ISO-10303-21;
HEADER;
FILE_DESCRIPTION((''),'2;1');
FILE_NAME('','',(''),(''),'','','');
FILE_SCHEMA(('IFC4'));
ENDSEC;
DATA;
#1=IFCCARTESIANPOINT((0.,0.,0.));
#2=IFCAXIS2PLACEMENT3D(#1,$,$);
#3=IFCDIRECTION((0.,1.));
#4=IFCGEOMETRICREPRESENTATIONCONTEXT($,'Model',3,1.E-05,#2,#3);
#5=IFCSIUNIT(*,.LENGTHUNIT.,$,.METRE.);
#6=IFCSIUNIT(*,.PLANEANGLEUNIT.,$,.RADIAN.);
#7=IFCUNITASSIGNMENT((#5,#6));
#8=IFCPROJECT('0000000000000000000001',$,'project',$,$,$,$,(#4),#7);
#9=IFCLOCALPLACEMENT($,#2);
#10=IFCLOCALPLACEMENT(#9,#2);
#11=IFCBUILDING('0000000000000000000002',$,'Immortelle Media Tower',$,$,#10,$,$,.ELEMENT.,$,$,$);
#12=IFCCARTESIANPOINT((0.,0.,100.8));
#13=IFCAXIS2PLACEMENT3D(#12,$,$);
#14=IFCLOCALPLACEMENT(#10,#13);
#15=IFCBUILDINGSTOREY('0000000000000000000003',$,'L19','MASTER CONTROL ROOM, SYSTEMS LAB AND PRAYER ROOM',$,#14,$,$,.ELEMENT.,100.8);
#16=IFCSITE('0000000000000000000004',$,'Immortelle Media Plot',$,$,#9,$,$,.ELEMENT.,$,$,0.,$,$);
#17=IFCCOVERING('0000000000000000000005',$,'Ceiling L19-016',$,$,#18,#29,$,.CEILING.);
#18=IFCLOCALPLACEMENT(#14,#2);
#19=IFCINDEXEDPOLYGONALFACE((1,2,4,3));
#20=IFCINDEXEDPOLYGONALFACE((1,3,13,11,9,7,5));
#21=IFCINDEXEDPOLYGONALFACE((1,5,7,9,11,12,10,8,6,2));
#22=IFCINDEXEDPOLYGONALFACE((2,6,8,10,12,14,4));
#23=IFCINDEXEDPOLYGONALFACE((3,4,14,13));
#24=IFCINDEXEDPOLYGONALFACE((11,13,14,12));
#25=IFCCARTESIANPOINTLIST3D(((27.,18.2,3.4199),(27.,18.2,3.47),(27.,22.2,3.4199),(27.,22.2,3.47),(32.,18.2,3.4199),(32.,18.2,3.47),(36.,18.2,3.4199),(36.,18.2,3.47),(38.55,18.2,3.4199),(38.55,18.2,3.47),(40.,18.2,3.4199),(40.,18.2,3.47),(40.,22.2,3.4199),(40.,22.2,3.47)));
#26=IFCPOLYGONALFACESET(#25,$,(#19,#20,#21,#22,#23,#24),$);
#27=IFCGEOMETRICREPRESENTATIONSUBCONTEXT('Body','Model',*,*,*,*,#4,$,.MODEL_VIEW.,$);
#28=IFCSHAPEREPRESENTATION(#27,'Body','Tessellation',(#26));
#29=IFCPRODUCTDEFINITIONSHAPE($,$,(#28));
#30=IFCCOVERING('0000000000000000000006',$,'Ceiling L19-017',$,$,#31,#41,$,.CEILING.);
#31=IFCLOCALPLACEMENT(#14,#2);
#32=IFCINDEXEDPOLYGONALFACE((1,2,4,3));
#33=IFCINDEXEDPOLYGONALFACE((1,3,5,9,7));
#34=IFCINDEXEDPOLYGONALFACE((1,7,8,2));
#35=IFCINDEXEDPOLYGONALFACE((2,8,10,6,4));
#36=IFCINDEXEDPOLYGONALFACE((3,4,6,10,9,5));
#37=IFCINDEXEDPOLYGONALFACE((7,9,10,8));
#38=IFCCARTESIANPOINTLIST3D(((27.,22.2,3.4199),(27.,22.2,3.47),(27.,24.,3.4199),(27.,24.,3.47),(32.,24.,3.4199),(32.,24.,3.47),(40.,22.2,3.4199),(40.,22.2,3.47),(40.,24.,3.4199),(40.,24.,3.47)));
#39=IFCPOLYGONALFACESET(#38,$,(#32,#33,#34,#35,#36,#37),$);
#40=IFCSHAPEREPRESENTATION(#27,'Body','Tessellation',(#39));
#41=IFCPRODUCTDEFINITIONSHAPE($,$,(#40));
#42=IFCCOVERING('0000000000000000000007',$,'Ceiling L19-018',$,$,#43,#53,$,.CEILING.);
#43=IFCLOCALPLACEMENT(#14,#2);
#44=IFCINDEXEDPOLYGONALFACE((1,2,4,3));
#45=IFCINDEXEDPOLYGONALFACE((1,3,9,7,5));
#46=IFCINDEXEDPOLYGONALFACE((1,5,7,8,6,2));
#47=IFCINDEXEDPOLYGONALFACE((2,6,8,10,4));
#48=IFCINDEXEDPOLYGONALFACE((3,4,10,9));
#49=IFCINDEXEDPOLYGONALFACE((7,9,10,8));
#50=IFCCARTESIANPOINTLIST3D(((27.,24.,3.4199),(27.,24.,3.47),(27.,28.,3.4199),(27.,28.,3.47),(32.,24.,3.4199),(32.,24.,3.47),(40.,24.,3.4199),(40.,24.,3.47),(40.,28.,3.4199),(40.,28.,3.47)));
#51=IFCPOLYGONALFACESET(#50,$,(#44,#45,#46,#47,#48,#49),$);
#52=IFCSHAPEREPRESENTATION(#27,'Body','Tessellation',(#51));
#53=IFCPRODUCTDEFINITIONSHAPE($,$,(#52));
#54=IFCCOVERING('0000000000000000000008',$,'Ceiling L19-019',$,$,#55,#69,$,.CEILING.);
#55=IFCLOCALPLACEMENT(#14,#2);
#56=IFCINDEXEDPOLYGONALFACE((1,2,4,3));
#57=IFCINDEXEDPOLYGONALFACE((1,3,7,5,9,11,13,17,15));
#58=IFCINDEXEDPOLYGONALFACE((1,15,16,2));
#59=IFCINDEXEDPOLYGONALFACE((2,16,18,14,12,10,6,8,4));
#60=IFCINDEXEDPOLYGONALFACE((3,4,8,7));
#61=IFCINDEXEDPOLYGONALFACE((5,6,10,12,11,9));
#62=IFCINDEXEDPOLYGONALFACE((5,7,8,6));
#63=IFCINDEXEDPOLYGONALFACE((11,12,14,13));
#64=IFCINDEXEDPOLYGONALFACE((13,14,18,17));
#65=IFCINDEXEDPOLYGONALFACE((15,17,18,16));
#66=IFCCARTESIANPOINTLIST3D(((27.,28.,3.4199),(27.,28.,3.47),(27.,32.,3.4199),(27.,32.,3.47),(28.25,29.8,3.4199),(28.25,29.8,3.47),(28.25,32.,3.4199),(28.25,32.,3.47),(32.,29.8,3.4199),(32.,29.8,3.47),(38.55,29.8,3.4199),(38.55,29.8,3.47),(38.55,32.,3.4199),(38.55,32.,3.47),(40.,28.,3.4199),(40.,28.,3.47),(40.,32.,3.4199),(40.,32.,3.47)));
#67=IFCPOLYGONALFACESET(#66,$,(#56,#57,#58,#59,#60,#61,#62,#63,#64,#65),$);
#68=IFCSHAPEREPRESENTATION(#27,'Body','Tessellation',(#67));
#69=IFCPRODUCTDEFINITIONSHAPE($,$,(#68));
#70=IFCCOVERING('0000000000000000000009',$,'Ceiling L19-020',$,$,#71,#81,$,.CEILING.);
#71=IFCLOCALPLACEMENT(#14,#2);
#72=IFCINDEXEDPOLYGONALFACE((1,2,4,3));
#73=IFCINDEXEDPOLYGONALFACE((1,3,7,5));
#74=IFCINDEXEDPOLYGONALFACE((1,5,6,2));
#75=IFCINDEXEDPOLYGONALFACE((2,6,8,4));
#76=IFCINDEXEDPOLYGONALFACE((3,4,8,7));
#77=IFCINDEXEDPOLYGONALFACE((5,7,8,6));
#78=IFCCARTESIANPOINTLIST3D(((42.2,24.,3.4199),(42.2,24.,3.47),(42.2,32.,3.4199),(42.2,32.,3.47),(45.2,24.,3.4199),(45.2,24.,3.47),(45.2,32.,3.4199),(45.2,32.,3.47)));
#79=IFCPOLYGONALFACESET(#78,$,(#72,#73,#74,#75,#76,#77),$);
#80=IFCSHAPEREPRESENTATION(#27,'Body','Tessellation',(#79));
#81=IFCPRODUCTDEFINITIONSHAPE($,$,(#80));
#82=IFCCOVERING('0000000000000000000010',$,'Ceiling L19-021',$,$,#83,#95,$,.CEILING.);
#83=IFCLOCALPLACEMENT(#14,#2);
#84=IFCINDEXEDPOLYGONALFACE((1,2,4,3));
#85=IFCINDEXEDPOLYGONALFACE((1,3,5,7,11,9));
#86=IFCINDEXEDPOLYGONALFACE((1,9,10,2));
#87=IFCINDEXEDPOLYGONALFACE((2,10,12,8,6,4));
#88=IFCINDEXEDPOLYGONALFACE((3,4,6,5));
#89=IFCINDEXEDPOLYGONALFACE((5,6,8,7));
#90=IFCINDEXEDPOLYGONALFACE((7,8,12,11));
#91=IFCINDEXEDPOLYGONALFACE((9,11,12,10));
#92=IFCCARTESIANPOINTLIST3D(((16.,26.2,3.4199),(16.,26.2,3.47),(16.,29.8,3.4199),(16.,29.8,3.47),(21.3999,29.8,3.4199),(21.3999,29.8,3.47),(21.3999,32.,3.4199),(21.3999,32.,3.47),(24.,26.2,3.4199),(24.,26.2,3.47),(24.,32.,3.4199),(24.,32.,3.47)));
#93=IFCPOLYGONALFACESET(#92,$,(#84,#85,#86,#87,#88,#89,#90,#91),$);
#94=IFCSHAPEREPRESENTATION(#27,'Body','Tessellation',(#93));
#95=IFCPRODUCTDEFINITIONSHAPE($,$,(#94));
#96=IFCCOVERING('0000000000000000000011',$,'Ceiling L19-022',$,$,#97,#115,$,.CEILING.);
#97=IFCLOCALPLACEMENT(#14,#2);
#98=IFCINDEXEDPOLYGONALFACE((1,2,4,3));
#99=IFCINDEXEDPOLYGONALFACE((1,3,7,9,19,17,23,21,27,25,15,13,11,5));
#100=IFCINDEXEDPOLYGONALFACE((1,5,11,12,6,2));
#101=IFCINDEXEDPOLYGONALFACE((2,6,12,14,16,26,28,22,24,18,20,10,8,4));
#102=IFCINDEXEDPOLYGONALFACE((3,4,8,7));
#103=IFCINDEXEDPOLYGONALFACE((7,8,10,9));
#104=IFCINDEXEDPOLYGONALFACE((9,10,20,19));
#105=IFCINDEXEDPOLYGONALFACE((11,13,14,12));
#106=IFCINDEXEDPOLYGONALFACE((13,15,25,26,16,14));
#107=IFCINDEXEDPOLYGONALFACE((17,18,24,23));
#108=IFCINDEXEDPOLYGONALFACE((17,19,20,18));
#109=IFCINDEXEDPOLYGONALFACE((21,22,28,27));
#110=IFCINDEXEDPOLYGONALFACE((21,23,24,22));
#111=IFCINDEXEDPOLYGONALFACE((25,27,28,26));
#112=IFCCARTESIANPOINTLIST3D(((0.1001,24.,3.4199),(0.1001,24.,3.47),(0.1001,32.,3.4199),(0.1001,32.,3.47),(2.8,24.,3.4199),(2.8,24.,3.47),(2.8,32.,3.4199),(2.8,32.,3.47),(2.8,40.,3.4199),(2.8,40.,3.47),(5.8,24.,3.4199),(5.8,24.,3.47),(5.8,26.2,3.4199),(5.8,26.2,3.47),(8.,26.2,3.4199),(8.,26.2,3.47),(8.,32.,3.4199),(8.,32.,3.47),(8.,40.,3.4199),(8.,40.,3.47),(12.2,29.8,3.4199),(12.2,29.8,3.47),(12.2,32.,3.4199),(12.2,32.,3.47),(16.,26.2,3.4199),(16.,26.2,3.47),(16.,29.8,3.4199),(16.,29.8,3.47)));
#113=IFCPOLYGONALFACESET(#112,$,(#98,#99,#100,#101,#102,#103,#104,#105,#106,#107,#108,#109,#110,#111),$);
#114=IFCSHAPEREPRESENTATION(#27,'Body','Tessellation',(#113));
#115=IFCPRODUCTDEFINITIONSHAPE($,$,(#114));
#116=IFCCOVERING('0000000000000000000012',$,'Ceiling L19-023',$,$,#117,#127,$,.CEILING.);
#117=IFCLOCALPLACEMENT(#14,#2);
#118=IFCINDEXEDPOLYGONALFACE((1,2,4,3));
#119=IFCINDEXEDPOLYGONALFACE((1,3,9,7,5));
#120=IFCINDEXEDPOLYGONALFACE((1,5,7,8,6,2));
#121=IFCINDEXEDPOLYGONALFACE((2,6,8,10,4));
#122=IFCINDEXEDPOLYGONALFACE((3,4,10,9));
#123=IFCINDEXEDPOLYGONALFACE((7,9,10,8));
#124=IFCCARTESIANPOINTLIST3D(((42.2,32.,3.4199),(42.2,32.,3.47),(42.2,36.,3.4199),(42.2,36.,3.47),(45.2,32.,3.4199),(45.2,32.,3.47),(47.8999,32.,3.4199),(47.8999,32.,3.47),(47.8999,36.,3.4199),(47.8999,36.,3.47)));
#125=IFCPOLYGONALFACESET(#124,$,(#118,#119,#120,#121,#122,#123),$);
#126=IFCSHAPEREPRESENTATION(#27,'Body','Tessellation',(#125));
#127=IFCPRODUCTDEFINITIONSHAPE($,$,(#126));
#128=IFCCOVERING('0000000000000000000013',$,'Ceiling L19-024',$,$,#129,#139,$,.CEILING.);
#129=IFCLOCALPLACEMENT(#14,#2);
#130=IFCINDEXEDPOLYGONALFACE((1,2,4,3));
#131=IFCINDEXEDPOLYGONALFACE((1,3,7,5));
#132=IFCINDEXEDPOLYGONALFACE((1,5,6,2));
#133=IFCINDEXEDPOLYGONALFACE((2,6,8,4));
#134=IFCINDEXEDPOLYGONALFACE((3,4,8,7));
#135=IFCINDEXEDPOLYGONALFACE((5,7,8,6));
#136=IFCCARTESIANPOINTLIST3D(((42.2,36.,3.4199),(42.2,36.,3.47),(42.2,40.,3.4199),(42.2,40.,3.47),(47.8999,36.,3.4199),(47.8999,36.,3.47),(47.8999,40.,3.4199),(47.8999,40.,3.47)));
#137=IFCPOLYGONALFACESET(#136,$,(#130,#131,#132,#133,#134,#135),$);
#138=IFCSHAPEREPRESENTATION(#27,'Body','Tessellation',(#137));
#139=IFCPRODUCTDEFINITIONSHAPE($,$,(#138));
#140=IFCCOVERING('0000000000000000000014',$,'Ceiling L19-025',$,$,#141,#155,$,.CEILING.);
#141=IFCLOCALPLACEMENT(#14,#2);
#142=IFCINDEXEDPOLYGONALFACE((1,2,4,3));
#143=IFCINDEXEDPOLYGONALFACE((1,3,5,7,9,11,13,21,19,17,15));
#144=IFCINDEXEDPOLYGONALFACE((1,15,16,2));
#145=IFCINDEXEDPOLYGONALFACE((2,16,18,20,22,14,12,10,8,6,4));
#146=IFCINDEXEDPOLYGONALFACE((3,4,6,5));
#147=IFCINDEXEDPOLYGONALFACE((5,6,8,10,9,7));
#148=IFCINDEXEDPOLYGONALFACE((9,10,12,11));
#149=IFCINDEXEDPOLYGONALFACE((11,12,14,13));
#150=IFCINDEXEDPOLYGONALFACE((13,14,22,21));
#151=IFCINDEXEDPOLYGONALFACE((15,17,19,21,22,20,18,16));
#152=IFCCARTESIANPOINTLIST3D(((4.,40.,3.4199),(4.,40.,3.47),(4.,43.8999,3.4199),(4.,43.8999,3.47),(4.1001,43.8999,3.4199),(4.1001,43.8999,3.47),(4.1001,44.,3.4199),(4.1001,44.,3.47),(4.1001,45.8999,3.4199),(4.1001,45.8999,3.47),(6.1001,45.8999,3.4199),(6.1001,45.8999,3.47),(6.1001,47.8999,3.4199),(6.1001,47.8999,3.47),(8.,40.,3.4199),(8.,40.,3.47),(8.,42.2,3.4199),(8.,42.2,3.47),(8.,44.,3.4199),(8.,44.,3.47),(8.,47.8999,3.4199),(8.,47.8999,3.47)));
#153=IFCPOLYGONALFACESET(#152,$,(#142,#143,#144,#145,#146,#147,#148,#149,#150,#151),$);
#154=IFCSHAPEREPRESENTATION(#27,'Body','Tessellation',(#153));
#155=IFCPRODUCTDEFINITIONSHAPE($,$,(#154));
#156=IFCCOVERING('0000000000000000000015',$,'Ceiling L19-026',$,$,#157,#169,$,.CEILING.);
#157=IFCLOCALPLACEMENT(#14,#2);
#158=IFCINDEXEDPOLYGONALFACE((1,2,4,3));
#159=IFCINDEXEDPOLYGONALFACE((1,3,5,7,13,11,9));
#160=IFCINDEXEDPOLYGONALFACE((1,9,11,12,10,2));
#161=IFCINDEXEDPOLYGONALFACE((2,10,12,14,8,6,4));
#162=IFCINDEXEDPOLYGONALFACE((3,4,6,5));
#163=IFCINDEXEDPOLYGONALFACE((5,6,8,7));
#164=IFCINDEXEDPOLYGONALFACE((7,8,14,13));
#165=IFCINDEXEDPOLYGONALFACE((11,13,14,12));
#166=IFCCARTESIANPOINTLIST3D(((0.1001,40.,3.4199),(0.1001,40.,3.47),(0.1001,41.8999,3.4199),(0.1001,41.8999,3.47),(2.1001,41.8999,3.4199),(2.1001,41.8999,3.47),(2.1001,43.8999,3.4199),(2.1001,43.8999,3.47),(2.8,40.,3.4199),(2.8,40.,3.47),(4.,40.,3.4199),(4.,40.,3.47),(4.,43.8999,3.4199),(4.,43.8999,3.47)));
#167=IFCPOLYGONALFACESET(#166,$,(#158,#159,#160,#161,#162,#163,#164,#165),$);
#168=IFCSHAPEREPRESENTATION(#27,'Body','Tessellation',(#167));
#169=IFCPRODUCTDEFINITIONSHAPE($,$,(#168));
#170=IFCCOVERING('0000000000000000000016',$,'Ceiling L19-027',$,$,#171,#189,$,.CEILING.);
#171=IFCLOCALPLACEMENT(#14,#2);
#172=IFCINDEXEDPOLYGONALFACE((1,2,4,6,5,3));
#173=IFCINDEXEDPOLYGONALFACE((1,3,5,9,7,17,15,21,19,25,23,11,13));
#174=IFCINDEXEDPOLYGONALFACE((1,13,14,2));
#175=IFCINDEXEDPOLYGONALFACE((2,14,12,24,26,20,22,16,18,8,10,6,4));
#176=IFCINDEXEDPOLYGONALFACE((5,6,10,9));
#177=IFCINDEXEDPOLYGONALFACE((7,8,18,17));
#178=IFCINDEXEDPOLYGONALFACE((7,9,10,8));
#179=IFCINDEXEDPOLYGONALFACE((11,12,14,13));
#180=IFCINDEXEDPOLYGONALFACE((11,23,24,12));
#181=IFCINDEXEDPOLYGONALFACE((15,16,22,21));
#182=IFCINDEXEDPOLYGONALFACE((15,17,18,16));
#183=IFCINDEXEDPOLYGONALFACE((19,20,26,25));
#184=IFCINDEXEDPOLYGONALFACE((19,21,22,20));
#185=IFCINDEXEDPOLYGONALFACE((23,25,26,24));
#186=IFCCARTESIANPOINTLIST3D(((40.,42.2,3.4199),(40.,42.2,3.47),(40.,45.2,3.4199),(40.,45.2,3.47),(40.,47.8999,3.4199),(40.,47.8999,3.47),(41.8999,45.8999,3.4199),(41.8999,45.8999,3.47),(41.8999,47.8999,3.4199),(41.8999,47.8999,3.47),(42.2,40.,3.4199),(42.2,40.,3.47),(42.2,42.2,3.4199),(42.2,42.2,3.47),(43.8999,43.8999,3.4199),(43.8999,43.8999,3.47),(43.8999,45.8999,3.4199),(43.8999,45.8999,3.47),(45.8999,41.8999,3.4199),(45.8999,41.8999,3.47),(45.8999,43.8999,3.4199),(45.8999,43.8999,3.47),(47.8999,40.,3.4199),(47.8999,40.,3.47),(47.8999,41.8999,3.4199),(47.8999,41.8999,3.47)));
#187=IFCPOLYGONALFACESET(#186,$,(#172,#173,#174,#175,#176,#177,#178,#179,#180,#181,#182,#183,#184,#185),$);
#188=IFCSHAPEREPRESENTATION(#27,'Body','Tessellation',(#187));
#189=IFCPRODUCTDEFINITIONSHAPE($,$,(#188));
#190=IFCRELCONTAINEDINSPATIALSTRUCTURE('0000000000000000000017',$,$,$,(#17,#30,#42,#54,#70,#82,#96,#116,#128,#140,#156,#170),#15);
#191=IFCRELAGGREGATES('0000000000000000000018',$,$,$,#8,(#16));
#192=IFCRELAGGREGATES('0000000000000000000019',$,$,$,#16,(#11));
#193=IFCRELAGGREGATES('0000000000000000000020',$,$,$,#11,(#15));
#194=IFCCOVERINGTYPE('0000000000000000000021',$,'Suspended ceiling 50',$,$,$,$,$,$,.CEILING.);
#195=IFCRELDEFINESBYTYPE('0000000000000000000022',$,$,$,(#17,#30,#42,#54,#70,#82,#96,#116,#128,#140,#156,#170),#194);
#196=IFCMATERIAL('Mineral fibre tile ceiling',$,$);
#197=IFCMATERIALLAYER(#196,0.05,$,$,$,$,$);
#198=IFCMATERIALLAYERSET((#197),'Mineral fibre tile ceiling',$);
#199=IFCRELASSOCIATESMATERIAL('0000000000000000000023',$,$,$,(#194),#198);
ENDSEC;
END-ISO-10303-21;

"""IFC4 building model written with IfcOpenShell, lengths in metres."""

from ifc_helpers import new_model, si_unit, direction, frame, origin, place, context, subcontext, project, spatial, polyline, outline, extrude, material, layer, layer_set, type_object, element, save


model = new_model("IFC4")

# Units and contexts
model_context = context("Model", 3, precision=1e-05, world=origin(), true_north=direction((0.0, 1.0)))
body_context = subcontext(model_context, "Body", "Model", "MODEL_VIEW")
ifc_project = project(units=[si_unit("LENGTHUNIT", "METRE"), si_unit("PLANEANGLEUNIT", "RADIAN")], contexts=[model_context])

# Site, building, storey
site_placement = place(None, origin())
site = spatial("IfcSite", under=ifc_project, at=site_placement, Name="Immortelle Media Plot", CompositionType="ELEMENT", RefElevation=0.0)
building_placement = place(site_placement, origin())
building = spatial("IfcBuilding", under=site, at=building_placement, Name="Immortelle Media Tower", CompositionType="ELEMENT")
storey_placement = place(building_placement, frame((0.0, 0.0, 100.8)))
storey = spatial("IfcBuildingStorey", under=building, at=storey_placement, Name="L19", Description="MASTER CONTROL ROOM, SYSTEMS LAB AND PRAYER ROOM", CompositionType="ELEMENT", Elevation=100.8)

# Coverings
ifc_material_1 = material(Name="Mineral fibre tile ceiling")
ifc_layer_1 = layer(ifc_material_1, 0.05)
ifc_layer_set_1 = layer_set([ifc_layer_1], Name="Mineral fibre tile ceiling")
covering_type = type_object("IfcCoveringType", Name="Suspended ceiling 50", PredefinedType="CEILING", material=ifc_layer_set_1)
covering_1_placement = place(storey_placement, frame((0.0, 0.0, 3.4199)))
element("IfcCovering", 1, at=covering_1_placement, inside=storey, type_object=covering_type, Name="Ceiling L19-016", PredefinedType="CEILING", context=body_context, shape_type="SweptSolid", body=[
    extrude(outline(polyline([(27.0, 22.2), (40.0, 22.2), (40.0, 18.2), (38.55, 18.2), (36.0, 18.2), (32.0, 18.2), (27.0, 18.2), (27.0, 22.2)])), origin(), (0.0, 0.0, 1.0), 0.05),
])
covering_2_placement = place(storey_placement, frame((0.0, 0.0, 3.4199)))
element("IfcCovering", 2, at=covering_2_placement, inside=storey, type_object=covering_type, Name="Ceiling L19-017", PredefinedType="CEILING", context=body_context, shape_type="SweptSolid", body=[
    extrude(outline(polyline([(27.0, 24.0), (32.0, 24.0), (40.0, 24.0), (40.0, 22.2), (27.0, 22.2), (27.0, 24.0)])), origin(), (0.0, 0.0, 1.0), 0.05),
])
covering_3_placement = place(storey_placement, frame((0.0, 0.0, 3.4199)))
element("IfcCovering", 3, at=covering_3_placement, inside=storey, type_object=covering_type, Name="Ceiling L19-018", PredefinedType="CEILING", context=body_context, shape_type="SweptSolid", body=[
    extrude(outline(polyline([(40.0, 24.0), (32.0, 24.0), (27.0, 24.0), (27.0, 28.0), (40.0, 28.0), (40.0, 24.0)])), origin(), (0.0, 0.0, 1.0), 0.05),
])
covering_4_placement = place(storey_placement, frame((0.0, 0.0, 3.4199)))
element("IfcCovering", 4, at=covering_4_placement, inside=storey, type_object=covering_type, Name="Ceiling L19-019", PredefinedType="CEILING", context=body_context, shape_type="SweptSolid", body=[
    extrude(outline(polyline([(28.25, 32.0), (28.25, 29.8), (32.0, 29.8), (38.55, 29.8), (38.55, 32.0), (40.0, 32.0), (40.0, 28.0), (27.0, 28.0), (27.0, 32.0), (28.25, 32.0)])), origin(), (0.0, 0.0, 1.0), 0.05),
])
covering_5_placement = place(storey_placement, frame((0.0, 0.0, 3.4199)))
element("IfcCovering", 5, at=covering_5_placement, inside=storey, type_object=covering_type, Name="Ceiling L19-020", PredefinedType="CEILING", context=body_context, shape_type="SweptSolid", body=[
    extrude(outline(polyline([(45.2, 24.0), (42.2, 24.0), (42.2, 32.0), (45.2, 32.0), (45.2, 24.0)])), origin(), (0.0, 0.0, 1.0), 0.05),
])
covering_6_placement = place(storey_placement, frame((0.0, 0.0, 3.4199)))
element("IfcCovering", 6, at=covering_6_placement, inside=storey, type_object=covering_type, Name="Ceiling L19-021", PredefinedType="CEILING", context=body_context, shape_type="SweptSolid", body=[
    extrude(outline(polyline([(16.0, 26.2), (16.0, 29.8), (21.3999, 29.8), (21.3999, 32.0), (24.0, 32.0), (24.0, 26.2), (16.0, 26.2)])), origin(), (0.0, 0.0, 1.0), 0.05),
])
covering_7_placement = place(storey_placement, frame((0.0, 0.0, 3.4199)))
element("IfcCovering", 7, at=covering_7_placement, inside=storey, type_object=covering_type, Name="Ceiling L19-022", PredefinedType="CEILING", context=body_context, shape_type="SweptSolid", body=[
    extrude(outline(polyline([(12.2, 32.0), (12.2, 29.8), (16.0, 29.8), (16.0, 26.2), (8.0, 26.2), (5.8, 26.2), (5.8, 24.0), (2.8, 24.0), (0.1001, 24.0), (0.1001, 32.0), (2.8, 32.0), (2.8, 40.0), (8.0, 40.0), (8.0, 32.0), (12.2, 32.0)])), origin(), (0.0, 0.0, 1.0), 0.05),
])
covering_8_placement = place(storey_placement, frame((0.0, 0.0, 3.4199)))
element("IfcCovering", 8, at=covering_8_placement, inside=storey, type_object=covering_type, Name="Ceiling L19-023", PredefinedType="CEILING", context=body_context, shape_type="SweptSolid", body=[
    extrude(outline(polyline([(42.2, 32.0), (42.2, 36.0), (47.8999, 36.0), (47.8999, 32.0), (45.2, 32.0), (42.2, 32.0)])), origin(), (0.0, 0.0, 1.0), 0.05),
])
covering_9_placement = place(storey_placement, frame((0.0, 0.0, 3.4199)))
element("IfcCovering", 9, at=covering_9_placement, inside=storey, type_object=covering_type, Name="Ceiling L19-024", PredefinedType="CEILING", context=body_context, shape_type="SweptSolid", body=[
    extrude(outline(polyline([(42.2, 40.0), (47.8999, 40.0), (47.8999, 36.0), (42.2, 36.0), (42.2, 40.0)])), origin(), (0.0, 0.0, 1.0), 0.05),
])
covering_10_placement = place(storey_placement, frame((0.0, 0.0, 3.4199)))
element("IfcCovering", 10, at=covering_10_placement, inside=storey, type_object=covering_type, Name="Ceiling L19-025", PredefinedType="CEILING", context=body_context, shape_type="SweptSolid", body=[
    extrude(outline(polyline([(4.1001, 43.8999), (4.1001, 44.0), (4.1001, 45.8999), (6.1001, 45.8999), (6.1001, 47.8999), (8.0, 47.8999), (8.0, 44.0), (8.0, 42.2), (8.0, 40.0), (4.0, 40.0), (4.0, 43.8999), (4.1001, 43.8999)])), origin(), (0.0, 0.0, 1.0), 0.05),
])
covering_11_placement = place(storey_placement, frame((0.0, 0.0, 3.4199)))
element("IfcCovering", 11, at=covering_11_placement, inside=storey, type_object=covering_type, Name="Ceiling L19-026", PredefinedType="CEILING", context=body_context, shape_type="SweptSolid", body=[
    extrude(outline(polyline([(2.1001, 41.8999), (2.1001, 43.8999), (4.0, 43.8999), (4.0, 40.0), (2.8, 40.0), (0.1001, 40.0), (0.1001, 41.8999), (2.1001, 41.8999)])), origin(), (0.0, 0.0, 1.0), 0.05),
])
covering_12_placement = place(storey_placement, frame((0.0, 0.0, 3.4199)))
element("IfcCovering", 12, at=covering_12_placement, inside=storey, type_object=covering_type, Name="Ceiling L19-027", PredefinedType="CEILING", context=body_context, shape_type="SweptSolid", body=[
    extrude(outline(polyline([(42.2, 40.0), (42.2, 42.2), (40.0, 42.2), (40.0, 45.2), (40.0, 47.8999), (41.8999, 47.8999), (41.8999, 45.8999), (43.8999, 45.8999), (43.8999, 43.8999), (45.8999, 43.8999), (45.8999, 41.8999), (47.8999, 41.8999), (47.8999, 40.0), (42.2, 40.0)])), origin(), (0.0, 0.0, 1.0), 0.05),
])

save(model, "model.ifc")
